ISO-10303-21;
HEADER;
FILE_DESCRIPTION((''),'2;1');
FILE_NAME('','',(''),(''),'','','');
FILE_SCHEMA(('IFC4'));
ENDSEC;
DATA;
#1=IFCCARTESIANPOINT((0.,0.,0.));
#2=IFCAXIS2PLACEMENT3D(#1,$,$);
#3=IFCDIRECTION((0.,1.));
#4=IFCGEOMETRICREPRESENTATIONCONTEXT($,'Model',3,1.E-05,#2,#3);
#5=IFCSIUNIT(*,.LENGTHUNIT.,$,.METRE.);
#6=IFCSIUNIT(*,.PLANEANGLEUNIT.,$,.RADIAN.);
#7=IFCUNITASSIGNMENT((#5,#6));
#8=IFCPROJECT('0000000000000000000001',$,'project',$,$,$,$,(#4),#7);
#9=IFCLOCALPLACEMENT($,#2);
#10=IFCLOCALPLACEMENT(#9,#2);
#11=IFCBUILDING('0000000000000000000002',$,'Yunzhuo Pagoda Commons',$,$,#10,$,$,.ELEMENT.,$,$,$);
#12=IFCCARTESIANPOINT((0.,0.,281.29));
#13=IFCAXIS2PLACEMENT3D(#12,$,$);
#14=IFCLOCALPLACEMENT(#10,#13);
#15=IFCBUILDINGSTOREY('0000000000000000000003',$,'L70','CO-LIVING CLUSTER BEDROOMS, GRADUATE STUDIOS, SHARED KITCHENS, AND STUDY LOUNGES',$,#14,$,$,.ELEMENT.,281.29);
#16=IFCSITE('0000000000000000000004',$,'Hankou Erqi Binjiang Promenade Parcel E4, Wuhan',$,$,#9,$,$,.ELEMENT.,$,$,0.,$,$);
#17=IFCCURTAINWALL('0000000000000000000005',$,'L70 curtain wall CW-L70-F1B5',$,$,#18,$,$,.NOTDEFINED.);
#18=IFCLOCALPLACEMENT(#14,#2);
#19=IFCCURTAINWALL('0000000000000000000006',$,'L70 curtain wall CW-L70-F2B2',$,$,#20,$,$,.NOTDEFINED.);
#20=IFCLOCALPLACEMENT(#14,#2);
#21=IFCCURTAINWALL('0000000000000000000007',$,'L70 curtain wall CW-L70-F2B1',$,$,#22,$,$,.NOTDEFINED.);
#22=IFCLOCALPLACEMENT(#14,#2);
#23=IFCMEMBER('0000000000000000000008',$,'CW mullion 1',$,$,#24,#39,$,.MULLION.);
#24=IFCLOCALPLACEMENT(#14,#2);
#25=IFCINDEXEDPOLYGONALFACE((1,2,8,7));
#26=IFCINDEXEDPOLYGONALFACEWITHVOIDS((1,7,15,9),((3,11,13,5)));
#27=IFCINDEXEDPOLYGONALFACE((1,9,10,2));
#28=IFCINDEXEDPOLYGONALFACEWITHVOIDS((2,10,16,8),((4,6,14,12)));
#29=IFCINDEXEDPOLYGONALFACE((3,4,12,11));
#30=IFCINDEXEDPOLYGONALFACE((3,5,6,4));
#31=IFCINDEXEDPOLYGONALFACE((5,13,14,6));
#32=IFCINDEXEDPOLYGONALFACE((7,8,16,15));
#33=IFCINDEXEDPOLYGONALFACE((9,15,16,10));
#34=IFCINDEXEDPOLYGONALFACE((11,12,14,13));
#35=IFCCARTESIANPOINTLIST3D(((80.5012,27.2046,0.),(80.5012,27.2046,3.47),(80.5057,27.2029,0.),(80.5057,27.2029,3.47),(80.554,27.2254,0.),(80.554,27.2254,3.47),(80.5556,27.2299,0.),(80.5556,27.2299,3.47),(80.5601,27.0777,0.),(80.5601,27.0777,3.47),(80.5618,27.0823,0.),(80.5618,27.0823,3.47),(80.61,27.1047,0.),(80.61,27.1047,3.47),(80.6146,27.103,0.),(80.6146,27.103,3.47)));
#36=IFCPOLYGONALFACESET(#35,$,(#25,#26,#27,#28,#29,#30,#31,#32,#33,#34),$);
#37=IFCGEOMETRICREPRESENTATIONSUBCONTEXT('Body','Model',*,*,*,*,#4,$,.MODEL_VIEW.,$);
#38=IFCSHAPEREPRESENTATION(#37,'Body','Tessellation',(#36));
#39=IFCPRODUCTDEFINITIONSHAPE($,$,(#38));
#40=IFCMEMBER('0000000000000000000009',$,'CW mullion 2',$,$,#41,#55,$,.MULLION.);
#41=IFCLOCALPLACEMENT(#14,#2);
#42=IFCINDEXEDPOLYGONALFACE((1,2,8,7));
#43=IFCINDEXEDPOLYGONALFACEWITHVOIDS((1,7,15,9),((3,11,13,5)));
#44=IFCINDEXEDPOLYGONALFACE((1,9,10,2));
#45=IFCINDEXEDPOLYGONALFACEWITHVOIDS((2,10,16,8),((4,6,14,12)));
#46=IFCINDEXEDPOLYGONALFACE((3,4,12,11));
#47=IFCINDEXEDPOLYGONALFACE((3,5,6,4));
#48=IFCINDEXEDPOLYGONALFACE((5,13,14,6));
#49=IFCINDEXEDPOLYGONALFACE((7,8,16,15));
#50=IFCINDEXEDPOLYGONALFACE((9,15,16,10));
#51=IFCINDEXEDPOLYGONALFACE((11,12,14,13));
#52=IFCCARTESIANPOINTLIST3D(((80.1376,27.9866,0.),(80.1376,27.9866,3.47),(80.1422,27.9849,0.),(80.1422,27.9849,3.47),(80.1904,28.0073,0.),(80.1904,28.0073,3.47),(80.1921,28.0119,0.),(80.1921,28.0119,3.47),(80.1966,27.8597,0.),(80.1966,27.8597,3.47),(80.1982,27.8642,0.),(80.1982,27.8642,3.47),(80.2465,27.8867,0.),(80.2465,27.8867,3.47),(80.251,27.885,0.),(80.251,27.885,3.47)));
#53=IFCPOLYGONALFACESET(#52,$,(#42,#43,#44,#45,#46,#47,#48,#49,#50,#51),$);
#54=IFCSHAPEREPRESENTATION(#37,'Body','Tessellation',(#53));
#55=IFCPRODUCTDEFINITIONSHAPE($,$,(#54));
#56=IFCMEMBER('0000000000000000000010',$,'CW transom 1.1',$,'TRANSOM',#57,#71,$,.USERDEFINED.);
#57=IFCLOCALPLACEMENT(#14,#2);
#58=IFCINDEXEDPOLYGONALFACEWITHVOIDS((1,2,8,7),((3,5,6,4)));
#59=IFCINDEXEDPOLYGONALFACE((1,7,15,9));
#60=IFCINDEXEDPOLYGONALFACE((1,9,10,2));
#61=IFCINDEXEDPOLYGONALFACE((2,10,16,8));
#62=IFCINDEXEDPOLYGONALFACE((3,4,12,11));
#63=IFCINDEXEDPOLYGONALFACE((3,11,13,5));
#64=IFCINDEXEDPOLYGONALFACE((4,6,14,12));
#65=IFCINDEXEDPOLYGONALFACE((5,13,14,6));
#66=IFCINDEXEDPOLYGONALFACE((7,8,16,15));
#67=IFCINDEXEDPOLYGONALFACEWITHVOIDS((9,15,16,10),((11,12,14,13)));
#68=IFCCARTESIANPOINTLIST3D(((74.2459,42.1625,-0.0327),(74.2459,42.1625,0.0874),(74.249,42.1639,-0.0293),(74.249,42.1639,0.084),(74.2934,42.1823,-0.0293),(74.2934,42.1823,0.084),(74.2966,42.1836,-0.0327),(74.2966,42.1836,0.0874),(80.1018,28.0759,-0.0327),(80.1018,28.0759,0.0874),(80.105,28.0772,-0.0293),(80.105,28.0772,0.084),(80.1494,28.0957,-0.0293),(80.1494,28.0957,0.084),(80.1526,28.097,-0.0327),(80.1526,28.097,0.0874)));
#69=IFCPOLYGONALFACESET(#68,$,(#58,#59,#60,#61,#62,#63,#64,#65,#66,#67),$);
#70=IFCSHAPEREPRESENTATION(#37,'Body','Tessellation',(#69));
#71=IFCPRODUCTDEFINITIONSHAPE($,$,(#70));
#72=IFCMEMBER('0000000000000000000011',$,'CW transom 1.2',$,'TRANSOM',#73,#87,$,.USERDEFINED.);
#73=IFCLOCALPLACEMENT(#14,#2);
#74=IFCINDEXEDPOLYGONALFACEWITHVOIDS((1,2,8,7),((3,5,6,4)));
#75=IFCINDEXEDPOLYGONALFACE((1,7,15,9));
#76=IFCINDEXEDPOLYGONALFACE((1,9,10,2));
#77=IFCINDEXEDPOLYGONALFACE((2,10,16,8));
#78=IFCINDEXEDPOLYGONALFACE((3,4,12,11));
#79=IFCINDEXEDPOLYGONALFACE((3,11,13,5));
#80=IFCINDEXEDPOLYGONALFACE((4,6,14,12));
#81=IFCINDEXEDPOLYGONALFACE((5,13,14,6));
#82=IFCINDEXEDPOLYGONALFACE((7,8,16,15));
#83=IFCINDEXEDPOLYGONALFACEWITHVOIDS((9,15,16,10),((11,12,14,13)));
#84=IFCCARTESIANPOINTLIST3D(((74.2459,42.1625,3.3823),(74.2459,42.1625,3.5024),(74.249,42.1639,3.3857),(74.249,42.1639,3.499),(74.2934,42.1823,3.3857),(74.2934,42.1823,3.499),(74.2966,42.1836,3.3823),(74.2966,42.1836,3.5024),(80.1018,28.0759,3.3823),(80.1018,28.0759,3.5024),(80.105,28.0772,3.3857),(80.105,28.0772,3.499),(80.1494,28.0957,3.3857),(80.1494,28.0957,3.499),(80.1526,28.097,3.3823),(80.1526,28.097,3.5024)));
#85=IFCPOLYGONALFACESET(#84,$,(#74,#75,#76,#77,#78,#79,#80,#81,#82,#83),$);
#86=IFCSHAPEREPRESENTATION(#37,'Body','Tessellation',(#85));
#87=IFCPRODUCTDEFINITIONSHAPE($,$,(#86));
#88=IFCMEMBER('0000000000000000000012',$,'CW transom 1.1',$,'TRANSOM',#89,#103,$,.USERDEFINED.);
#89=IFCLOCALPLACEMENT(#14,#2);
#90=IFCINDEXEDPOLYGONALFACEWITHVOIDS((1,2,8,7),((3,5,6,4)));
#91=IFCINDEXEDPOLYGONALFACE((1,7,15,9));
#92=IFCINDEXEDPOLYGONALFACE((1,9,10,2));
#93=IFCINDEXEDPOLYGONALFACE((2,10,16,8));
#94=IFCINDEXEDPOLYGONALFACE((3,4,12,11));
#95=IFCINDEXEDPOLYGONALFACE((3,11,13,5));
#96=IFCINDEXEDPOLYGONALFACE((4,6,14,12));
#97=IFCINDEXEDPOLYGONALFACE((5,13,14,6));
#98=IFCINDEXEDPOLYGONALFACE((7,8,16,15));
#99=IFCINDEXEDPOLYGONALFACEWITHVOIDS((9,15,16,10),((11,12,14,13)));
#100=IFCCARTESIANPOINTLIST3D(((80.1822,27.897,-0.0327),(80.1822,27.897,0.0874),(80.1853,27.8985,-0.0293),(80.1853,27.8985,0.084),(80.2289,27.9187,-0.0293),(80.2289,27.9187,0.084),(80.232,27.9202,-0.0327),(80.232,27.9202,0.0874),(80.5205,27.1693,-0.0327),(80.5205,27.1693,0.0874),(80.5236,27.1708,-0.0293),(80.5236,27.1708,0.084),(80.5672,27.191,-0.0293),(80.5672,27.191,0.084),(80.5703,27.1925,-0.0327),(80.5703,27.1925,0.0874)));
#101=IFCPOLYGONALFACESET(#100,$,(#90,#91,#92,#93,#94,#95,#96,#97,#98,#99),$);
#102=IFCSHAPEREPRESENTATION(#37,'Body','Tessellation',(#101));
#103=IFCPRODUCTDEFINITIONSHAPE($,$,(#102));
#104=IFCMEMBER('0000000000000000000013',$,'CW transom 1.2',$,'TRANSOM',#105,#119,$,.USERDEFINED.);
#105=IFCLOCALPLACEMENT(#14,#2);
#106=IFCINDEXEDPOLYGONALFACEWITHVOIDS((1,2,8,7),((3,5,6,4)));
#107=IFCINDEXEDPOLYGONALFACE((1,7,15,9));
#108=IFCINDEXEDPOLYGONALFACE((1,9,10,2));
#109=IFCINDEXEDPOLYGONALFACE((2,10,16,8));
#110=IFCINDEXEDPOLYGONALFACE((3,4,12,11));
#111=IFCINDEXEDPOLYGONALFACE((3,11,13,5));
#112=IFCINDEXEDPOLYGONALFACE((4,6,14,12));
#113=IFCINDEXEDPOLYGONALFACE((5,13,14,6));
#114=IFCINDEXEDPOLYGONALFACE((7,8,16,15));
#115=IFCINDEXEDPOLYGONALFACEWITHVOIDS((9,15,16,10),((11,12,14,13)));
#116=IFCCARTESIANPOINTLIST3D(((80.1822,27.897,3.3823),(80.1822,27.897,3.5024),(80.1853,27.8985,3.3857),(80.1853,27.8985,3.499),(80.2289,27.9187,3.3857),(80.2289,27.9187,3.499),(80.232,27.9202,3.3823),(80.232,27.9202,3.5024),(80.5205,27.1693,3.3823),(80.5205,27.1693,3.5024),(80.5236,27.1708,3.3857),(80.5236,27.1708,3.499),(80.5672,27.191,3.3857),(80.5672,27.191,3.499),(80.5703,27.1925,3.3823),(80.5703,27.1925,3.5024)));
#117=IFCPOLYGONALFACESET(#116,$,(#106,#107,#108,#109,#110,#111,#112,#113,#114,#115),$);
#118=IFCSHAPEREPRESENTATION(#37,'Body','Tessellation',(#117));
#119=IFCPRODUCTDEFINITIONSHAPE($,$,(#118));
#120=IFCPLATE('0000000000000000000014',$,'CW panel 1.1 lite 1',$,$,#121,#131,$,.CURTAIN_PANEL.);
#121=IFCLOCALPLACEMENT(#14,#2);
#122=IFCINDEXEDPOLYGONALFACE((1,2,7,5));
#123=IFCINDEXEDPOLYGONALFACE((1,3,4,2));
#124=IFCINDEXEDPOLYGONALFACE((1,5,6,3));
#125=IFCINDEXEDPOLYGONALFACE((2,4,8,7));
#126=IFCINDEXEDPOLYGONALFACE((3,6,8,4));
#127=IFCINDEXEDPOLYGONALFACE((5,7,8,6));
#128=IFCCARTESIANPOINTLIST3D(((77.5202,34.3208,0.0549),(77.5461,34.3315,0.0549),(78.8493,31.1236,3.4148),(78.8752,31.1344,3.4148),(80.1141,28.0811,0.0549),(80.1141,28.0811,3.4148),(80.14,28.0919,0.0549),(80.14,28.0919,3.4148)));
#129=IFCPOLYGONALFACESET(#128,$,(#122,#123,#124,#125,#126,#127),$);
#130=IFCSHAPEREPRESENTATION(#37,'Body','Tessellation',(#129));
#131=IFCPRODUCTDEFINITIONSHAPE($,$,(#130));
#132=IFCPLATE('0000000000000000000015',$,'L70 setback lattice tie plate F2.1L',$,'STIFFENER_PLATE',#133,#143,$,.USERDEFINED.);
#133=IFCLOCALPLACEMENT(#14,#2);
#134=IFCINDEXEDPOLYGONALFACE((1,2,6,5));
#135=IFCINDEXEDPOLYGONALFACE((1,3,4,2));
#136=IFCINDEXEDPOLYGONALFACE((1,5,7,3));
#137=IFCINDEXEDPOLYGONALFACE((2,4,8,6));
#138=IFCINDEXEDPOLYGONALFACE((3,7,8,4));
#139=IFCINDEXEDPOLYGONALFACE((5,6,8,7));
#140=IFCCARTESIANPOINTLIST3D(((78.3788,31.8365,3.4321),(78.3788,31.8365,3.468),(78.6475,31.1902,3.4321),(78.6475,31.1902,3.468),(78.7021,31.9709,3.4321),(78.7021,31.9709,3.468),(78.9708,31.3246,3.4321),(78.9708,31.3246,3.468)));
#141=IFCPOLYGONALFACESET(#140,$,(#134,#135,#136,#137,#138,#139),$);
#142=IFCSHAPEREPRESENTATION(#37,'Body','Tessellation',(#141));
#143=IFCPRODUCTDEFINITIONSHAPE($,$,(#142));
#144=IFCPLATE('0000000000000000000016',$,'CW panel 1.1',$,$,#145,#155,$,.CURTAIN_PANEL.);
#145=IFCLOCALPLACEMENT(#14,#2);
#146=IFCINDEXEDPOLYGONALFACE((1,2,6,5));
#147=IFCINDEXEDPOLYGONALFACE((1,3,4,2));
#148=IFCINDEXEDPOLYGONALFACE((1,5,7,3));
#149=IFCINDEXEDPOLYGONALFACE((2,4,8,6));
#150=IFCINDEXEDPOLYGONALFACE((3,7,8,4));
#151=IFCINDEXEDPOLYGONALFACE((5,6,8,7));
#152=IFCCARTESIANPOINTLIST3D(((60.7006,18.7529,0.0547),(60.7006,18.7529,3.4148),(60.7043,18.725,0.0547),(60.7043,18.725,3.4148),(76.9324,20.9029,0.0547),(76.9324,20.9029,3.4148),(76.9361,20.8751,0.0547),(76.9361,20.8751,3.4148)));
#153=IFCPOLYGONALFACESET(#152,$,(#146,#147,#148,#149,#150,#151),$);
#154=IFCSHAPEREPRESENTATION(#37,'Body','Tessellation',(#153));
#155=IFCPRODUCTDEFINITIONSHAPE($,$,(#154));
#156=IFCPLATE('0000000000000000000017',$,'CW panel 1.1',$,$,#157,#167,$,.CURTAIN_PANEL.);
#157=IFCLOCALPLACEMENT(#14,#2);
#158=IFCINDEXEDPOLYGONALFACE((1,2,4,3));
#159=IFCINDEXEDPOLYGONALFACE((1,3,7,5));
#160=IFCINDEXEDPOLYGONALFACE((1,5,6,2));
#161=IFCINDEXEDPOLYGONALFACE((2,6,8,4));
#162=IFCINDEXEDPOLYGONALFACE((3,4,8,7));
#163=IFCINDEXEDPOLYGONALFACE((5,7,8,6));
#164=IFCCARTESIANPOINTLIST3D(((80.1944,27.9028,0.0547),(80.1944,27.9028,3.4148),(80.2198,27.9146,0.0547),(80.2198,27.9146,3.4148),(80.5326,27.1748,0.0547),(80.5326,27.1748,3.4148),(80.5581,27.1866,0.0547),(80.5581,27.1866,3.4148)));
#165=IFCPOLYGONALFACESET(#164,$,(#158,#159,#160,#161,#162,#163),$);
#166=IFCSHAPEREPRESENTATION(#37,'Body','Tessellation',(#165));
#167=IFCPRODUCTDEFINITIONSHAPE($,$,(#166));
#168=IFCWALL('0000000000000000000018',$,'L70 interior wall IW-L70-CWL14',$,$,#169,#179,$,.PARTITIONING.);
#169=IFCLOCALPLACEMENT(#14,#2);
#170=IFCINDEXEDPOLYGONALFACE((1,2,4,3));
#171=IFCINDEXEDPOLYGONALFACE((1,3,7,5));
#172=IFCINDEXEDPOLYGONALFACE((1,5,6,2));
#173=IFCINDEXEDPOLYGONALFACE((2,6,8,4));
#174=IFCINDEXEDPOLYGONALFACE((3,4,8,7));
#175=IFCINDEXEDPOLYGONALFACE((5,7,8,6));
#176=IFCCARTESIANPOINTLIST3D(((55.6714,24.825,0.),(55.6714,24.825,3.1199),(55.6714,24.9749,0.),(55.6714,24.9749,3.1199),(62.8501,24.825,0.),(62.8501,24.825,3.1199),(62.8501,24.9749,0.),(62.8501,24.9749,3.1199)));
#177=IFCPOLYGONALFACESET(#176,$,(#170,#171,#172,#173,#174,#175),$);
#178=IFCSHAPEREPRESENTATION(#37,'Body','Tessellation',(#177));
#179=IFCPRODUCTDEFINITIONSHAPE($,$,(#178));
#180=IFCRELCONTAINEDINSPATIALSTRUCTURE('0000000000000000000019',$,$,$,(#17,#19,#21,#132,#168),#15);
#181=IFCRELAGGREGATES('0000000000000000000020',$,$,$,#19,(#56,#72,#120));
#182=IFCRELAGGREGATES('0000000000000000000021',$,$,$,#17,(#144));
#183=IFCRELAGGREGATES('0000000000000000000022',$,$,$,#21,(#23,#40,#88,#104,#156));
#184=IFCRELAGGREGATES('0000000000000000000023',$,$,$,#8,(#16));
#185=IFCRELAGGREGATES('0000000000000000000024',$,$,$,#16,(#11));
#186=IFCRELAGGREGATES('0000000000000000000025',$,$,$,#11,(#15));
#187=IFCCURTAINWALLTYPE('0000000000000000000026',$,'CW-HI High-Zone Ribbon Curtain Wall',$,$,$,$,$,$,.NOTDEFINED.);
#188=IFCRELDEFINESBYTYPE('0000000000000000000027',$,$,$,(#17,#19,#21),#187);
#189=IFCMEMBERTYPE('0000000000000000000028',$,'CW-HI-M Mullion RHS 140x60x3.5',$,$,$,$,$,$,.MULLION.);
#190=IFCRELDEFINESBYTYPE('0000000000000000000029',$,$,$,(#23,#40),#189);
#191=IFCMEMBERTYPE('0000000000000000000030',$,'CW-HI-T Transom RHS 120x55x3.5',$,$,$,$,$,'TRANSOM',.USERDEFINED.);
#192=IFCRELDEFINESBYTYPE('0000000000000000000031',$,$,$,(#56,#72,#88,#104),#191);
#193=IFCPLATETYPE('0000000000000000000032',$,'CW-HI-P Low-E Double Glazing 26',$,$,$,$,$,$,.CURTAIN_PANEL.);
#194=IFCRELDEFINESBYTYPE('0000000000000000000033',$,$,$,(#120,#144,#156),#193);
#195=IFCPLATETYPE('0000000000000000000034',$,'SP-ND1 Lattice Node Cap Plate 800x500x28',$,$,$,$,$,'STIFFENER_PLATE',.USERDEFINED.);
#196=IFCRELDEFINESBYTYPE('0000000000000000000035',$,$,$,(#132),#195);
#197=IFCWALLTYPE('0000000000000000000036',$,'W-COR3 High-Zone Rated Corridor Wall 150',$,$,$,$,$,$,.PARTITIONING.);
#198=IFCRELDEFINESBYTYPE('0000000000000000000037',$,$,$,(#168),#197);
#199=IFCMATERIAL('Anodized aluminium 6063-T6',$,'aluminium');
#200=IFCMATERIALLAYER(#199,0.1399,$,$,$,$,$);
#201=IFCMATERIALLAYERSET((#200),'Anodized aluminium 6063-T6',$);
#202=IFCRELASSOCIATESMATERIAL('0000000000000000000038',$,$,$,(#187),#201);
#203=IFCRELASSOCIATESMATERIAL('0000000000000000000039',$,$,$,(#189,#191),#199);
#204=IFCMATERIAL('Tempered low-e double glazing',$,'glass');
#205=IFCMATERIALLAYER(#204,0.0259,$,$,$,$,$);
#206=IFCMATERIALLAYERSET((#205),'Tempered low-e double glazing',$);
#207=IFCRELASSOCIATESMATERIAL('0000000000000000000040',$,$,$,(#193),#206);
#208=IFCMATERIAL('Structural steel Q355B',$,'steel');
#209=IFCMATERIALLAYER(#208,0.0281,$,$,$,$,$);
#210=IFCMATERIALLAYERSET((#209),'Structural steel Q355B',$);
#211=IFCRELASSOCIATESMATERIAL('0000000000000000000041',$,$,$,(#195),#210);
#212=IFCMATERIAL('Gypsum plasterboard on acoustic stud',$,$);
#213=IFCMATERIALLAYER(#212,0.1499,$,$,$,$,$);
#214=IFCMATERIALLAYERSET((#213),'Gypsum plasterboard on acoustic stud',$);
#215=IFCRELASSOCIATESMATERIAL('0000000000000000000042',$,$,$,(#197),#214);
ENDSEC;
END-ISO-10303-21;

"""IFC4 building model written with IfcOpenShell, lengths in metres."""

from ifc_helpers import new_model, si_unit, direction, frame, frame_2d, origin, origin_2d, place, context, subcontext, project, spatial, polyline, rectangle, hollow_rectangle, outline, extrude, source, transform, mapped, material, layer, layer_set, material_profile, profile_set, type_object, element, aggregate, save


model = new_model("IFC4")

# Units and contexts
model_context = context("Model", 3, precision=1e-05, world=origin(), true_north=direction((0.0, 1.0)))
body_context = subcontext(model_context, "Body", "Model", "MODEL_VIEW")
ifc_project = project(units=[si_unit("LENGTHUNIT", "METRE"), si_unit("PLANEANGLEUNIT", "RADIAN")], contexts=[model_context])

# Site, building, storey
site_placement = place(None, origin())
site = spatial("IfcSite", under=ifc_project, at=site_placement, Name="Hankou Erqi Binjiang Promenade Parcel E4, Wuhan", CompositionType="ELEMENT", RefElevation=0.0)
building_placement = place(site_placement, origin())
building = spatial("IfcBuilding", under=site, at=building_placement, Name="Yunzhuo Pagoda Commons", CompositionType="ELEMENT")
storey_placement = place(building_placement, frame((0.0, 0.0, 281.29)))
storey = spatial("IfcBuildingStorey", under=building, at=storey_placement, Name="L70", Description="CO-LIVING CLUSTER BEDROOMS, GRADUATE STUDIOS, SHARED KITCHENS, AND STUDY LOUNGES", CompositionType="ELEMENT", Elevation=281.29)

# Shared definitions
ifc_material_1 = material(Name="Structural steel Q355B", Category="steel")

# Curtain walls
ifc_material_2 = material(Name="Anodized aluminium 6063-T6", Category="aluminium")
ifc_layer_1 = layer(ifc_material_2, 0.1399)
ifc_layer_set_1 = layer_set([ifc_layer_1], Name="Anodized aluminium 6063-T6")
curtain_wall_type = type_object("IfcCurtainWallType", Name="CW-HI High-Zone Ribbon Curtain Wall", PredefinedType="NOTDEFINED", material=ifc_layer_set_1)
curtain_wall_1_placement = place(storey_placement, origin())
curtain_wall_1 = element("IfcCurtainWall", 1, at=curtain_wall_1_placement, inside=storey, type_object=curtain_wall_type, Name="L70 curtain wall CW-L70-F1B5", PredefinedType="NOTDEFINED")
ifc_material_profile_1 = material_profile(ifc_material_2, hollow_rectangle(XDim=0.0601, YDim=0.1399, WallThickness=0.0034, at=origin_2d()), Name="Anodized aluminium 6063-T6")
ifc_profile_set_1 = profile_set([ifc_material_profile_1], Name="Anodized aluminium 6063-T6")
member_type_1 = type_object("IfcMemberType", Name="CW-HI-M Mullion RHS 140x60x3.5", PredefinedType="MULLION", material=ifc_profile_set_1)
shared_shape_1 = source(origin(), body_context, "Body", "SweptSolid", [
    extrude(hollow_rectangle(XDim=0.0601, YDim=0.1399, WallThickness=0.0034, at=origin_2d()), origin(), (0.0, 0.0, 1.0), 3.47),
])
curtain_wall_2_placement = place(storey_placement, origin())
curtain_wall_2 = element("IfcCurtainWall", 2, at=curtain_wall_2_placement, inside=storey, type_object=curtain_wall_type, Name="L70 curtain wall CW-L70-F2B2", PredefinedType="NOTDEFINED")

# Curtain wall, members
curtain_wall_3_placement = place(storey_placement, origin())
curtain_wall_3 = element("IfcCurtainWall", 3, at=curtain_wall_3_placement, inside=storey, type_object=curtain_wall_type, Name="L70 curtain wall CW-L70-F2B1", PredefinedType="NOTDEFINED")
member_1_placement = place(storey_placement, frame((80.5579, 27.1538, 0.0), z_axis=(0.0, 0.0, 1.0), x_axis=(-0.906871, -0.421407, 0.0)))
member_1 = element("IfcMember", 4, at=member_1_placement, type_object=member_type_1, Name="CW mullion 1", PredefinedType="MULLION", context=body_context, shape_type="MappedRepresentation", body=[
    mapped(shared_shape_1, transform((0.0, 0.0, 0.0), scale=1.0)),
])
member_2_placement = place(storey_placement, frame((80.1943, 27.9358, 0.0), z_axis=(0.0, 0.0, 1.0), x_axis=(-0.906871, -0.421407, 0.0)))
member_2 = element("IfcMember", 5, at=member_2_placement, type_object=member_type_1, Name="CW mullion 2", PredefinedType="MULLION", context=body_context, shape_type="MappedRepresentation", body=[
    mapped(shared_shape_1, transform((0.0, 0.0, 0.0), scale=1.0)),
])

# Members
ifc_material_profile_2 = material_profile(ifc_material_2, hollow_rectangle(XDim=0.0549, YDim=0.1201, WallThickness=0.0034, at=origin_2d()), Name="Anodized aluminium 6063-T6")
ifc_profile_set_2 = profile_set([ifc_material_profile_2], Name="Anodized aluminium 6063-T6")
member_type_2 = type_object("IfcMemberType", Name="CW-HI-T Transom RHS 120x55x3.5", ElementType="TRANSOM", PredefinedType="USERDEFINED", material=ifc_profile_set_2)
shared_shape_2 = source(origin(), body_context, "Body", "SweptSolid", [
    extrude(hollow_rectangle(XDim=0.0549, YDim=0.1201, WallThickness=0.0034, at=origin_2d()), origin(), (0.0, 0.0, 1.0), 15.2554),
])
member_3_placement = place(storey_placement, frame((80.1272, 28.0864, 0.0273), z_axis=(-0.383862, 0.923391, 0.0), x_axis=(-0.923391, -0.383862, 0.0)))
member_3 = element("IfcMember", 6, at=member_3_placement, type_object=member_type_2, Name="CW transom 1.1", ObjectType="TRANSOM", PredefinedType="USERDEFINED", context=body_context, shape_type="MappedRepresentation", body=[
    mapped(shared_shape_2, transform((0.0, 0.0, 0.0), scale=1.0)),
])
member_4_placement = place(storey_placement, frame((80.1272, 28.0864, 3.4424), z_axis=(-0.383862, 0.923391, 0.0), x_axis=(-0.923391, -0.383862, 0.0)))
member_4 = element("IfcMember", 7, at=member_4_placement, type_object=member_type_2, Name="CW transom 1.2", ObjectType="TRANSOM", PredefinedType="USERDEFINED", context=body_context, shape_type="MappedRepresentation", body=[
    mapped(shared_shape_2, transform((0.0, 0.0, 0.0), scale=1.0)),
])
shared_shape_3 = source(origin(), body_context, "Body", "SweptSolid", [
    extrude(hollow_rectangle(XDim=0.0549, YDim=0.1201, WallThickness=0.0034, at=origin_2d()), origin(), (0.0, 0.0, 1.0), 0.8025),
])
member_5_placement = place(storey_placement, frame((80.5454, 27.1809, 0.0273), z_axis=(-0.421603, 0.906781, 0.0), x_axis=(-0.906781, -0.421603, 0.0)))
member_5 = element("IfcMember", 8, at=member_5_placement, type_object=member_type_2, Name="CW transom 1.1", ObjectType="TRANSOM", PredefinedType="USERDEFINED", context=body_context, shape_type="MappedRepresentation", body=[
    mapped(shared_shape_3, transform((0.0, 0.0, 0.0), scale=1.0)),
])
member_6_placement = place(storey_placement, frame((80.5454, 27.1809, 3.4424), z_axis=(-0.421603, 0.906781, 0.0), x_axis=(-0.906781, -0.421603, 0.0)))
member_6 = element("IfcMember", 9, at=member_6_placement, type_object=member_type_2, Name="CW transom 1.2", ObjectType="TRANSOM", PredefinedType="USERDEFINED", context=body_context, shape_type="MappedRepresentation", body=[
    mapped(shared_shape_3, transform((0.0, 0.0, 0.0), scale=1.0)),
])

# Plates
ifc_material_3 = material(Name="Tempered low-e double glazing", Category="glass")
ifc_layer_2 = layer(ifc_material_3, 0.0259)
ifc_layer_set_2 = layer_set([ifc_layer_2], Name="Tempered low-e double glazing")
plate_type_1 = type_object("IfcPlateType", Name="CW-HI-P Low-E Double Glazing 26", PredefinedType="CURTAIN_PANEL", material=ifc_layer_set_2)
plate_1_placement = place(storey_placement, frame((78.8171, 31.2009, 1.7349), z_axis=(0.923394, 0.383855, 0.0), x_axis=(-0.383855, 0.923394, 0.0)))
plate_1 = element("IfcPlate", 10, at=plate_1_placement, type_object=plate_type_1, Name="CW panel 1.1 lite 1", PredefinedType="CURTAIN_PANEL", context=body_context, shape_type="SweptSolid", body=[
    extrude(outline(polyline([(-3.3787, -1.6799), (3.3787, -1.6799), (-0.0837, 1.6799), (-3.3787, 1.6799), (-3.3787, -1.6799)])), origin(), (0.0, 0.0, 1.0), 0.0281),
])
aggregate(curtain_wall_2, [member_3, member_4, plate_1])
ifc_layer_3 = layer(ifc_material_1, 0.0281)
ifc_layer_set_3 = layer_set([ifc_layer_3], Name="Structural steel Q355B")
plate_type_2 = type_object("IfcPlateType", Name="SP-ND1 Lattice Node Cap Plate 800x500x28", ElementType="STIFFENER_PLATE", PredefinedType="USERDEFINED", material=ifc_layer_set_3)
shared_shape_4 = source(origin(), body_context, "Body", "SweptSolid", [
    extrude(rectangle(XDim=0.7, YDim=0.3501, at=origin_2d()), origin(), (0.0, 0.0, 1.0), 0.0359),
])
plate_2_placement = place(storey_placement, frame((78.6748, 31.5806, 3.4321), z_axis=(0.0, 0.0, 1.0), x_axis=(-0.38386, 0.923391, 0.0)))
element("IfcPlate", 11, at=plate_2_placement, inside=storey, type_object=plate_type_2, Name="L70 setback lattice tie plate F2.1L", ObjectType="STIFFENER_PLATE", PredefinedType="USERDEFINED", context=body_context, shape_type="MappedRepresentation", body=[
    mapped(shared_shape_4, transform((0.0, 0.0, 0.0), scale=1.0)),
])
shared_shape_5 = source(origin(), body_context, "Body", "SweptSolid", [
    extrude(rectangle(XDim=16.3735, YDim=0.0281, at=origin_2d()), origin(), (0.0, 0.0, 1.0), 3.3601),
])
plate_3_placement = place(storey_placement, frame((68.8184, 19.814, 0.0547), z_axis=(0.0, 0.0, 1.0), x_axis=(0.991341, 0.131311, 0.0)))
plate_3 = element("IfcPlate", 12, at=plate_3_placement, type_object=plate_type_1, Name="CW panel 1.1", PredefinedType="CURTAIN_PANEL", context=body_context, shape_type="MappedRepresentation", body=[
    mapped(shared_shape_5, transform((0.0, 0.0, 0.0), scale=1.0)),
])
aggregate(curtain_wall_1, [plate_3])
shared_shape_6 = source(origin(), body_context, "Body", "SweptSolid", [
    extrude(rectangle(XDim=0.8027, YDim=0.0281, at=origin_2d()), origin(), (0.0, 0.0, 1.0), 3.3601),
])
plate_4_placement = place(storey_placement, frame((80.3762, 27.5447, 0.0547), z_axis=(0.0, 0.0, 1.0), x_axis=(-0.421407, 0.906871, 0.0)))
plate_4 = element("IfcPlate", 13, at=plate_4_placement, type_object=plate_type_1, Name="CW panel 1.1", PredefinedType="CURTAIN_PANEL", context=body_context, shape_type="MappedRepresentation", body=[
    mapped(shared_shape_6, transform((0.0, 0.0, 0.0), scale=1.0)),
])
aggregate(curtain_wall_3, [member_1, member_2, member_5, member_6, plate_4])

# Wall
ifc_material_4 = material(Name="Gypsum plasterboard on acoustic stud")
ifc_layer_4 = layer(ifc_material_4, 0.1499)
ifc_layer_set_4 = layer_set([ifc_layer_4], Name="Gypsum plasterboard on acoustic stud")
wall_type_1 = type_object("IfcWallType", Name="W-COR3 High-Zone Rated Corridor Wall 150", PredefinedType="PARTITIONING", material=ifc_layer_set_4)
wall_1_placement = place(storey_placement, frame((62.8501, 24.8999, 0.0), z_axis=(0.0, 0.0, 1.0), x_axis=(-1.0, 0.0, 0.0)))
element("IfcWall", 14, at=wall_1_placement, inside=storey, type_object=wall_type_1, Name="L70 interior wall IW-L70-CWL14", PredefinedType="PARTITIONING", context=body_context, shape_type="SweptSolid", body=[
    extrude(rectangle(XDim=7.1787, YDim=0.1499, at=frame_2d((3.5894, 0.0))), origin(), (0.0, 0.0, 1.0), 3.1199),
])

save(model, "model.ifc")
